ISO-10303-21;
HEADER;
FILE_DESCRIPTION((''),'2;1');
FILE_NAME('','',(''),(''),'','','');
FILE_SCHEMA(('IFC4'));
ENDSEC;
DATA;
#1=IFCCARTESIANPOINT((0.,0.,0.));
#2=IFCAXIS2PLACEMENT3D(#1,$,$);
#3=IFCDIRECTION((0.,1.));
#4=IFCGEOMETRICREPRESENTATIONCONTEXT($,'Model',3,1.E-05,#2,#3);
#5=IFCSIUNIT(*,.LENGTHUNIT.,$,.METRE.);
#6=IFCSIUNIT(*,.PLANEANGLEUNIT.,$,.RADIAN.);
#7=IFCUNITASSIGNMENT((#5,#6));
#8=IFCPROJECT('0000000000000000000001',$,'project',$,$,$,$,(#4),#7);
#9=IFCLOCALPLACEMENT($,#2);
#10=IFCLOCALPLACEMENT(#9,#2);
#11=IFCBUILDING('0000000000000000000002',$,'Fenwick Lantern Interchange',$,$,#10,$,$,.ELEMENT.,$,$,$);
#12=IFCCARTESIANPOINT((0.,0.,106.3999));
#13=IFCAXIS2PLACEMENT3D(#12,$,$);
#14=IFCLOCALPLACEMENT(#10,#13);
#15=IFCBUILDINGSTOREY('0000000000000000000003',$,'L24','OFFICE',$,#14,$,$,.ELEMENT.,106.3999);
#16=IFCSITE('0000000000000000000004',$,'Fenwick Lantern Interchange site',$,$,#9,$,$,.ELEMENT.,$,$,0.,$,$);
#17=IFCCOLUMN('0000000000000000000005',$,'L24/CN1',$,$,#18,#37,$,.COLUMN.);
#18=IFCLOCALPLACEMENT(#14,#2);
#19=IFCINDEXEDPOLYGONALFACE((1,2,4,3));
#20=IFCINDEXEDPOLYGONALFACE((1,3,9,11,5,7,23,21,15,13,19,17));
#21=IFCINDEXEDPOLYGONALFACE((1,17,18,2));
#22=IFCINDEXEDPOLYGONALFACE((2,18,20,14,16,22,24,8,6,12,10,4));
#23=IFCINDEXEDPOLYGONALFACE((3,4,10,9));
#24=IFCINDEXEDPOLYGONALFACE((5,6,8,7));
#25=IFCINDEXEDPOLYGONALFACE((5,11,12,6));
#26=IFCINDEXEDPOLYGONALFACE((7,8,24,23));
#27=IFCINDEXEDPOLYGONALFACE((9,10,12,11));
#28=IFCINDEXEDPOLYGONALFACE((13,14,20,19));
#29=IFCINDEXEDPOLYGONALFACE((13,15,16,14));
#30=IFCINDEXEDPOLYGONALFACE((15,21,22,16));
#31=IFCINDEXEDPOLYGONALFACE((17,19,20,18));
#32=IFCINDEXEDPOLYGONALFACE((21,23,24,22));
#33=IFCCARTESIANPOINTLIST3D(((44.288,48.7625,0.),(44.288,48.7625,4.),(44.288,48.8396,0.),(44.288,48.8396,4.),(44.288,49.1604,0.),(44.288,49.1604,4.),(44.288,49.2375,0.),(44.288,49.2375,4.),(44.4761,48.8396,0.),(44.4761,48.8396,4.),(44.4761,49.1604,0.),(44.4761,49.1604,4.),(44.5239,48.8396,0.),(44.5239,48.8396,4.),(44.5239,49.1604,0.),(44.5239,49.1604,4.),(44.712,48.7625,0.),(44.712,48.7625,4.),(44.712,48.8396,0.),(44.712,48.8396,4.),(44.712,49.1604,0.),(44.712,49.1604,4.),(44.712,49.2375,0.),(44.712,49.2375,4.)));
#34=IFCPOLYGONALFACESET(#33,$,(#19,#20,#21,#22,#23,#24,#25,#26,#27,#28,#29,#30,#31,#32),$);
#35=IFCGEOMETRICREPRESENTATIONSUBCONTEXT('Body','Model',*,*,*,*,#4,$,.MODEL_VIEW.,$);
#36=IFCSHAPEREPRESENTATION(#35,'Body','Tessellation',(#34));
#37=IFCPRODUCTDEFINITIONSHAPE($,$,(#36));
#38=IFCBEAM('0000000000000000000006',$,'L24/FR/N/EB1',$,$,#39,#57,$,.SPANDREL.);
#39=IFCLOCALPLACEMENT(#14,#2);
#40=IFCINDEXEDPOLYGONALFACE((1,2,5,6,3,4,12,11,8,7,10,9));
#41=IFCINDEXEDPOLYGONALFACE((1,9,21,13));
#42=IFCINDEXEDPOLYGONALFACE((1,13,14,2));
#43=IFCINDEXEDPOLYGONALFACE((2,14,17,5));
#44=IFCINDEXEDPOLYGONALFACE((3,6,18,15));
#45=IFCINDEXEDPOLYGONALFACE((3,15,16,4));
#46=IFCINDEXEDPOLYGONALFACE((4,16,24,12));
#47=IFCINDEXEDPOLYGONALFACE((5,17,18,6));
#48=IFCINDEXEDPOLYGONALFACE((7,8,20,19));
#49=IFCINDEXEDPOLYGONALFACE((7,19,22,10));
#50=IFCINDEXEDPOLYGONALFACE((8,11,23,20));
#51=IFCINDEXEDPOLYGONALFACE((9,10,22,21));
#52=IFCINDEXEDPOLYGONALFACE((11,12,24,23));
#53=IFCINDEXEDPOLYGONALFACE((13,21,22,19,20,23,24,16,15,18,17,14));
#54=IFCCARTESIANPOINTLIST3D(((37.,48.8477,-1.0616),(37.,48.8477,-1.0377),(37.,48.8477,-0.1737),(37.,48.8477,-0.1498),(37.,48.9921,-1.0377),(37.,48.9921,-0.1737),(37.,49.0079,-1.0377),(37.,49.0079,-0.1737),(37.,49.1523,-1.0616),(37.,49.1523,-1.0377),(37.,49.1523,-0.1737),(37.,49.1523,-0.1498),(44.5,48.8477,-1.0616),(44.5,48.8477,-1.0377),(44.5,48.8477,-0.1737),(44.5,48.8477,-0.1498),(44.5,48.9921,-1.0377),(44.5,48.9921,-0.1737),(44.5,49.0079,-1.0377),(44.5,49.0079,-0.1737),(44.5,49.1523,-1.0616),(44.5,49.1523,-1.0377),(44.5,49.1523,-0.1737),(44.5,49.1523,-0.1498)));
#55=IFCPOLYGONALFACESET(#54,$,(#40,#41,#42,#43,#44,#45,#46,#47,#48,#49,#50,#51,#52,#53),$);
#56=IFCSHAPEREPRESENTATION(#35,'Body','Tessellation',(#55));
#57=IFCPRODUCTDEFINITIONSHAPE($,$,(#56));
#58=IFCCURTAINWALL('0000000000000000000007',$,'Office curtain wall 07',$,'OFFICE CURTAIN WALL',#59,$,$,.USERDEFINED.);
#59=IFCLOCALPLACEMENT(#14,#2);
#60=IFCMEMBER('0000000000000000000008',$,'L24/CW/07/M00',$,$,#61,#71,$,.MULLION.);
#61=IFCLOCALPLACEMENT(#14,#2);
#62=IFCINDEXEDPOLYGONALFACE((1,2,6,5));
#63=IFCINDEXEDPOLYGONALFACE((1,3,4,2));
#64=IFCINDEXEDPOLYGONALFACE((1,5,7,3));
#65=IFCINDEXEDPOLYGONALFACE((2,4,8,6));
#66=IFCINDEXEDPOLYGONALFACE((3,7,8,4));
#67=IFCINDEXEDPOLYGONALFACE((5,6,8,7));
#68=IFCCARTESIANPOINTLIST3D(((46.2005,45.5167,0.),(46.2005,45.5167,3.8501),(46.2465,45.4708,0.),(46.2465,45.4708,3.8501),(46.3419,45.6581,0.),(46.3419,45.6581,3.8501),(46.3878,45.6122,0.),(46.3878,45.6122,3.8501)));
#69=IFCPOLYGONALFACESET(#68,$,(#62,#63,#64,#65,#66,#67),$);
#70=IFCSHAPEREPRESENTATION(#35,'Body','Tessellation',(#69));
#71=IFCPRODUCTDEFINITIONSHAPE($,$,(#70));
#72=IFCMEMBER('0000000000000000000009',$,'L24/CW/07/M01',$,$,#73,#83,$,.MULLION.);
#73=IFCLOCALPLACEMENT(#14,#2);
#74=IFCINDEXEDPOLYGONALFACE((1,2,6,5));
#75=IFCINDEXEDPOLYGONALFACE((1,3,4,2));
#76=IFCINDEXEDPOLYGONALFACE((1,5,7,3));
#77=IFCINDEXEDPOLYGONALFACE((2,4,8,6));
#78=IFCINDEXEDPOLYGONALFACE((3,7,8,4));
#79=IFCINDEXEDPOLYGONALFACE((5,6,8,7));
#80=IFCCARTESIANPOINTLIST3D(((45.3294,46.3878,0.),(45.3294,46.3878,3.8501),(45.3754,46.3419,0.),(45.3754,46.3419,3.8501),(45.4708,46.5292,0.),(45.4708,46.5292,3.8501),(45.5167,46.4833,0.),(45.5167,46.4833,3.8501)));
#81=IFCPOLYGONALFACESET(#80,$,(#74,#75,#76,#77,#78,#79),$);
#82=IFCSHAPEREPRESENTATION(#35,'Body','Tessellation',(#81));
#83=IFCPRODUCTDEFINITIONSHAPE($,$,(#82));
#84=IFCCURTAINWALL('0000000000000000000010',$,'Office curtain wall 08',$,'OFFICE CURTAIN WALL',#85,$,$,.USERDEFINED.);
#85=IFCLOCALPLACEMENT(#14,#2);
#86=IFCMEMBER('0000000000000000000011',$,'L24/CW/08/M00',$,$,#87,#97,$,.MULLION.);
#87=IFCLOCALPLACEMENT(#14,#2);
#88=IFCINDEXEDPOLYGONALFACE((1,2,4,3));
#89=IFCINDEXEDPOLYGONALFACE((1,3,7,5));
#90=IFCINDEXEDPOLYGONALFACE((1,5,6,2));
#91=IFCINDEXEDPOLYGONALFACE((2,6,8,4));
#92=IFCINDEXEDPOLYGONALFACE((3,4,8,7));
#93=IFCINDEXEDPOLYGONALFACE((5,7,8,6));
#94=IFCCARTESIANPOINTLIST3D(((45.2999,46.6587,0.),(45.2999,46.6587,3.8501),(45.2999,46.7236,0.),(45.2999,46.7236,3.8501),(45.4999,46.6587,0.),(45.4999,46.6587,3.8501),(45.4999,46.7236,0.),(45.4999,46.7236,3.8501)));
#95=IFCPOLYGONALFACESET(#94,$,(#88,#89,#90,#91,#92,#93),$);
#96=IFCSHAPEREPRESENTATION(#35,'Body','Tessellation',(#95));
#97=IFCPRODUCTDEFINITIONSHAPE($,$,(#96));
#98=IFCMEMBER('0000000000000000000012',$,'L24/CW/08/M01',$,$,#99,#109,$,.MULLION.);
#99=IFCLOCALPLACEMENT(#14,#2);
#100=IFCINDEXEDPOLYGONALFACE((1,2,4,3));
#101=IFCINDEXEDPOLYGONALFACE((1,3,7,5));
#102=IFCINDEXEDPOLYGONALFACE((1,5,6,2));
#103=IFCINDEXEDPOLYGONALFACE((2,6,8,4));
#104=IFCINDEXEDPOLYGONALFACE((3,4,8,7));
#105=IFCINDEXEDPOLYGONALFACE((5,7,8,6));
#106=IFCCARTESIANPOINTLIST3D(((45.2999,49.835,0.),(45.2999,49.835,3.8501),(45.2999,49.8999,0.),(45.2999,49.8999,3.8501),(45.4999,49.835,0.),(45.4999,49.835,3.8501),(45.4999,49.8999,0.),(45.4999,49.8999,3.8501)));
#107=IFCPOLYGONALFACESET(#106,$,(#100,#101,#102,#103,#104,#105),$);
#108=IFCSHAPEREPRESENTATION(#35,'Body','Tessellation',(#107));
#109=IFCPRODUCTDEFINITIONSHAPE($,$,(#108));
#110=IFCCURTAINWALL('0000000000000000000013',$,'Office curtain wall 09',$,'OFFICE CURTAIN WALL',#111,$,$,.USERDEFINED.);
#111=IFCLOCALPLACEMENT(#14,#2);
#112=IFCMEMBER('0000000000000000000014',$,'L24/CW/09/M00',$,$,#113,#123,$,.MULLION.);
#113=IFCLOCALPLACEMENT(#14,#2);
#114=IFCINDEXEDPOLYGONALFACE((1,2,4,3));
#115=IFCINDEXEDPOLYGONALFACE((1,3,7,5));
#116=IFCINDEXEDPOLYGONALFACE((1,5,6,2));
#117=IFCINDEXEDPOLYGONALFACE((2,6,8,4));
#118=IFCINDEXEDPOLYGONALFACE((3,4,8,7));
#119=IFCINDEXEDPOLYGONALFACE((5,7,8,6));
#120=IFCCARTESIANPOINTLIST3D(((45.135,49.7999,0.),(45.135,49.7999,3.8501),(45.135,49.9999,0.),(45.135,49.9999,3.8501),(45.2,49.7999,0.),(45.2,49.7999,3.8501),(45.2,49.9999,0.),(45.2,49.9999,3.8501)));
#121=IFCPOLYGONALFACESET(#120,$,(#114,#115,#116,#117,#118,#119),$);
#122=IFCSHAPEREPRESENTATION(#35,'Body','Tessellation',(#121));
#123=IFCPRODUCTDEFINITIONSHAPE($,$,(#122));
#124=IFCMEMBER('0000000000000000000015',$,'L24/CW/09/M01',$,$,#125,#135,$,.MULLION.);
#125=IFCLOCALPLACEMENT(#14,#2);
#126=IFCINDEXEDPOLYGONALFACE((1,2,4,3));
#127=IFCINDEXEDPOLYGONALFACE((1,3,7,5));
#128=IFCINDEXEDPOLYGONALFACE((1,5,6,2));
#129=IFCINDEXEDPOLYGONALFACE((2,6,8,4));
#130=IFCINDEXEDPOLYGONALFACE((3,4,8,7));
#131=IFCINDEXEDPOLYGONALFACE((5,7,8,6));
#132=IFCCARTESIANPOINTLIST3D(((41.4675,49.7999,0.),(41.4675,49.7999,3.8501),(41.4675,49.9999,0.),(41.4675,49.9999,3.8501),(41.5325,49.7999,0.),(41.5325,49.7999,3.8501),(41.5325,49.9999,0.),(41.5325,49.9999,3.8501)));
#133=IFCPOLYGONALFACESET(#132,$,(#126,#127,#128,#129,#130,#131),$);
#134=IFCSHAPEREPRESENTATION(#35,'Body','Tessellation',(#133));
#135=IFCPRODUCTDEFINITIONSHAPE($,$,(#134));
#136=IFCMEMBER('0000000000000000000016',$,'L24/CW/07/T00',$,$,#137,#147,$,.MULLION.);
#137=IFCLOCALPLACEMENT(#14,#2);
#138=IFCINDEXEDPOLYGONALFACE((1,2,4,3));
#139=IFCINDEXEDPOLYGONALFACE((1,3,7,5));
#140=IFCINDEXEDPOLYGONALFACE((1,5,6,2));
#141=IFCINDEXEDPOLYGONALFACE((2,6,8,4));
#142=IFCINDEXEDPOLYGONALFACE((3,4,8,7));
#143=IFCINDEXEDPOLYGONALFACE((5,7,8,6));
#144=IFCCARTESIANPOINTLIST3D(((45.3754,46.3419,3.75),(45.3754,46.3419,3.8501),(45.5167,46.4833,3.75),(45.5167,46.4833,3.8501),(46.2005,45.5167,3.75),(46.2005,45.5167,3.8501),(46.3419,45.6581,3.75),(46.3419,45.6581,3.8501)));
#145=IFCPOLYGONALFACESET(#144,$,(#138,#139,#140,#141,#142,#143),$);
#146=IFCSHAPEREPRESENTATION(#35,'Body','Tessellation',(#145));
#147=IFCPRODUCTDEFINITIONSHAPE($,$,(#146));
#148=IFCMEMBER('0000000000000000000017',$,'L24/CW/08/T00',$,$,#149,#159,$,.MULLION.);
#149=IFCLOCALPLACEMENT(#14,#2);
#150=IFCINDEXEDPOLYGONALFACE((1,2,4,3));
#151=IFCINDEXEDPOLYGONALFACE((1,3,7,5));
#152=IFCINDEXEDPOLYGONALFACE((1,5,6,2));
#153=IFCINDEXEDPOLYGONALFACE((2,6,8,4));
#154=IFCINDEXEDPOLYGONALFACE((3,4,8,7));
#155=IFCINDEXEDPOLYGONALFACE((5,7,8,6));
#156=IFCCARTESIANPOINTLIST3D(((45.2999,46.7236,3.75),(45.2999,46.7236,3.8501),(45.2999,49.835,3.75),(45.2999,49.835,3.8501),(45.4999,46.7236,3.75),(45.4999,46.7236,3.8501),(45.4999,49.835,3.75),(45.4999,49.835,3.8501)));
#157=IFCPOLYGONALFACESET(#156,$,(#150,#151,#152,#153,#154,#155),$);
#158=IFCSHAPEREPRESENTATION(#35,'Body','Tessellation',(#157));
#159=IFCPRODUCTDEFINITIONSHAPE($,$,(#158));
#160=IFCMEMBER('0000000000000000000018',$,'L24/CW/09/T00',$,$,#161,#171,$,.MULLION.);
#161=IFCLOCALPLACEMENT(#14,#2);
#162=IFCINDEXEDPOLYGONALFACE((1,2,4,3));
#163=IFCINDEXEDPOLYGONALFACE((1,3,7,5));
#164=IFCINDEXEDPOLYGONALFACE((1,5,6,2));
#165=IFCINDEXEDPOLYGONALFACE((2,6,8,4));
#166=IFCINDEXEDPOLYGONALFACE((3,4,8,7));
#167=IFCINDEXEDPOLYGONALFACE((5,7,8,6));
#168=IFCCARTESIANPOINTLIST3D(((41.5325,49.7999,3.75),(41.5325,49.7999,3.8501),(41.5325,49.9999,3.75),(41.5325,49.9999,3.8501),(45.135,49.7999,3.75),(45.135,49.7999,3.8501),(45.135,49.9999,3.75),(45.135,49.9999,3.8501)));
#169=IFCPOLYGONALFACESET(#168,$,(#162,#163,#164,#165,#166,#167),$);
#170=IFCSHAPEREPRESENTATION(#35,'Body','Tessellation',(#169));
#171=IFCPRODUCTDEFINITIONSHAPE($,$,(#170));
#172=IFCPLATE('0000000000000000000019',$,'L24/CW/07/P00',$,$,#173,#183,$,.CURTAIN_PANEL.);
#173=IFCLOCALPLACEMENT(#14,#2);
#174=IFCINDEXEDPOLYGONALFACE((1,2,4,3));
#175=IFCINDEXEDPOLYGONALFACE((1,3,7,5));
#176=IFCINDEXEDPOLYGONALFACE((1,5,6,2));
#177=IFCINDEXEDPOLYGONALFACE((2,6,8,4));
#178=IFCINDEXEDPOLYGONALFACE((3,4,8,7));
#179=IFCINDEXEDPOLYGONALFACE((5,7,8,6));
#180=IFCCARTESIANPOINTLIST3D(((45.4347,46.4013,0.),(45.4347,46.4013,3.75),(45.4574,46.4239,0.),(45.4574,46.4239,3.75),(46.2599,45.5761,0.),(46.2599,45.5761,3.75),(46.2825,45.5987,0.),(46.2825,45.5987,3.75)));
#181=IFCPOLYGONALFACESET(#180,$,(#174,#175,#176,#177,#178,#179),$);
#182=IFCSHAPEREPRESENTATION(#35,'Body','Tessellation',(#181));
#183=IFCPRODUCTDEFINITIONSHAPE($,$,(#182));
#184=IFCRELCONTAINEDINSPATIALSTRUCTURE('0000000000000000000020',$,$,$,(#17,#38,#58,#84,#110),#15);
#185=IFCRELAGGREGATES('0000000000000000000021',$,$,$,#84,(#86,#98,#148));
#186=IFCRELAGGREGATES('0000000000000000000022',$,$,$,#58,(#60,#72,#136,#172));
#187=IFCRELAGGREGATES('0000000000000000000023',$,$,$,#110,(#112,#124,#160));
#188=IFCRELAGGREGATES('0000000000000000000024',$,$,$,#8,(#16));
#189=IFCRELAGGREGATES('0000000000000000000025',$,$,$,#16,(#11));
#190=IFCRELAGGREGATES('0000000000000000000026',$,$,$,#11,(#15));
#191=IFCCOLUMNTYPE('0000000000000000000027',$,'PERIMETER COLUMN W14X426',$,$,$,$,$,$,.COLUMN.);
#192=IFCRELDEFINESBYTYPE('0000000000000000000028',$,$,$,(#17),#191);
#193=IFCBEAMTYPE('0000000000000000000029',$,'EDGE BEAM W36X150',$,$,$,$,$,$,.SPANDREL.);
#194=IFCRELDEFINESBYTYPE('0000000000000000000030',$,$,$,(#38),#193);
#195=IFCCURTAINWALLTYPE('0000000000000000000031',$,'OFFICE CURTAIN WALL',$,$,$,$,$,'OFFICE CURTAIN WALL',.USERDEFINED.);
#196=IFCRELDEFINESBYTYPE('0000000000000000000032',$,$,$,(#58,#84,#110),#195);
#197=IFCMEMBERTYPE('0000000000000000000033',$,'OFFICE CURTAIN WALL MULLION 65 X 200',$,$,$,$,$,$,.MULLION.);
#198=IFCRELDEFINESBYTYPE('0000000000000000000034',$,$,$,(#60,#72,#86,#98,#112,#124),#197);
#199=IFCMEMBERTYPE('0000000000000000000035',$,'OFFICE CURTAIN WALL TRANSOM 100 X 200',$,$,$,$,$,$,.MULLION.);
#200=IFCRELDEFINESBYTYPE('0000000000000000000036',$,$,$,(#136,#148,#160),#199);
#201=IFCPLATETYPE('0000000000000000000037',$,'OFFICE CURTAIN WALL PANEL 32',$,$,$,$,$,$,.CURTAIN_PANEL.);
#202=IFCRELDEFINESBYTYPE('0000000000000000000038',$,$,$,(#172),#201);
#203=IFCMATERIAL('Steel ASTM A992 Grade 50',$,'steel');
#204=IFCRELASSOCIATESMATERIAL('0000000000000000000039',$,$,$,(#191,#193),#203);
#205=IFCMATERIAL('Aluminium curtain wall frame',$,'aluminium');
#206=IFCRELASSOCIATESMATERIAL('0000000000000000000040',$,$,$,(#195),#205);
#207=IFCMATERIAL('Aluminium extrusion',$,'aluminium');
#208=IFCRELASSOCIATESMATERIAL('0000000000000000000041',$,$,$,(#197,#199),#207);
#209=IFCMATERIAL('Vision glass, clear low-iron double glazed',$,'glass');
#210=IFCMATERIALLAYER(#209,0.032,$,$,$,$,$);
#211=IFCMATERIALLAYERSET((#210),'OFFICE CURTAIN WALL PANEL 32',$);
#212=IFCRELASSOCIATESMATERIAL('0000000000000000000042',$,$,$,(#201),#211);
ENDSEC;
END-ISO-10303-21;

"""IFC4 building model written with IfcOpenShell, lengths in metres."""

from ifc_helpers import new_model, si_unit, direction, frame, origin, origin_2d, place, context, subcontext, project, spatial, rectangle, i_section, extrude, material, layer, layer_set, material_profile, profile_set, type_object, element, aggregate, save


model = new_model("IFC4")

# Units and contexts
model_context = context("Model", 3, precision=1e-05, world=origin(), true_north=direction((0.0, 1.0)))
body_context = subcontext(model_context, "Body", "Model", "MODEL_VIEW")
ifc_project = project(units=[si_unit("LENGTHUNIT", "METRE"), si_unit("PLANEANGLEUNIT", "RADIAN")], contexts=[model_context])

# Site, building, storey
site_placement = place(None, origin())
site = spatial("IfcSite", under=ifc_project, at=site_placement, Name="Fenwick Lantern Interchange site", CompositionType="ELEMENT", RefElevation=0.0)
building_placement = place(site_placement, origin())
building = spatial("IfcBuilding", under=site, at=building_placement, Name="Fenwick Lantern Interchange", CompositionType="ELEMENT")
storey_placement = place(building_placement, frame((0.0, 0.0, 106.3999)))
storey = spatial("IfcBuildingStorey", under=building, at=storey_placement, Name="L24", Description="OFFICE", CompositionType="ELEMENT", Elevation=106.3999)

# Column
ifc_material_1 = material(Name="Steel ASTM A992 Grade 50", Category="steel")
ifc_material_profile_1 = material_profile(ifc_material_1, i_section(OverallWidth=0.4241, OverallDepth=0.4751, WebThickness=0.0479, FlangeThickness=0.0771, at=origin_2d()), Name="W14X426")
ifc_profile_set_1 = profile_set([ifc_material_profile_1], Name="Steel ASTM A992 Grade 50")
column_type = type_object("IfcColumnType", Name="PERIMETER COLUMN W14X426", PredefinedType="COLUMN", material=ifc_profile_set_1)
column_placement = place(storey_placement, frame((44.5, 49.0, 0.0), z_axis=(0.0, 0.0, 1.0), x_axis=(1.0, 0.0, 0.0)))
element("IfcColumn", 1, at=column_placement, inside=storey, type_object=column_type, Name="L24/CN1", PredefinedType="COLUMN", context=body_context, shape_type="SweptSolid", body=[
    extrude(i_section(OverallWidth=0.4241, OverallDepth=0.4751, WebThickness=0.0479, FlangeThickness=0.0771, at=origin_2d()), origin(), (0.0, 0.0, 1.0), 4.0),
])

# Beam
ifc_material_profile_2 = material_profile(ifc_material_1, i_section(OverallWidth=0.3047, OverallDepth=0.9119, WebThickness=0.0159, FlangeThickness=0.0239, at=origin_2d()), Name="W36X150")
ifc_profile_set_2 = profile_set([ifc_material_profile_2], Name="Steel ASTM A992 Grade 50")
beam_type = type_object("IfcBeamType", Name="EDGE BEAM W36X150", PredefinedType="SPANDREL", material=ifc_profile_set_2)
beam_placement = place(storey_placement, frame((44.5, 49.0, -0.6057), z_axis=(-1.0, 0.0, 0.0), x_axis=(0.0, -1.0, 0.0)))
element("IfcBeam", 2, at=beam_placement, inside=storey, type_object=beam_type, Name="L24/FR/N/EB1", PredefinedType="SPANDREL", context=body_context, shape_type="SweptSolid", body=[
    extrude(i_section(OverallWidth=0.3047, OverallDepth=0.9119, WebThickness=0.0159, FlangeThickness=0.0239, at=origin_2d()), origin(), (0.0, 0.0, 1.0), 7.5),
])

# Curtain walls, members
ifc_material_2 = material(Name="Aluminium curtain wall frame", Category="aluminium")
curtain_wall_type = type_object("IfcCurtainWallType", Name="OFFICE CURTAIN WALL", ElementType="OFFICE CURTAIN WALL", PredefinedType="USERDEFINED", material=ifc_material_2)
curtain_wall_1_placement = place(storey_placement, origin())
curtain_wall_1 = element("IfcCurtainWall", 3, at=curtain_wall_1_placement, inside=storey, type_object=curtain_wall_type, Name="Office curtain wall 07", ObjectType="OFFICE CURTAIN WALL", PredefinedType="USERDEFINED")
ifc_material_3 = material(Name="Aluminium extrusion", Category="aluminium")
ifc_material_profile_3 = material_profile(ifc_material_3, rectangle(XDim=0.2, YDim=0.0649, at=origin_2d()), Name="OFFICE CURTAIN WALL MULLION 65 X 200")
ifc_profile_set_3 = profile_set([ifc_material_profile_3], Name="Aluminium extrusion")
member_type_1 = type_object("IfcMemberType", Name="OFFICE CURTAIN WALL MULLION 65 X 200", PredefinedType="MULLION", material=ifc_profile_set_3)
member_1_placement = place(storey_placement, frame((46.2942, 45.5645, 0.0), z_axis=(0.0, 0.0, 1.0), x_axis=(-0.707107, -0.707107, 0.0)))
member_1 = element("IfcMember", 4, at=member_1_placement, type_object=member_type_1, Name="L24/CW/07/M00", PredefinedType="MULLION", context=body_context, shape_type="SweptSolid", body=[
    extrude(rectangle(XDim=0.2, YDim=0.0649, at=origin_2d()), origin(), (0.0, 0.0, 1.0), 3.8501),
])
member_2_placement = place(storey_placement, frame((45.4231, 46.4355, 0.0), z_axis=(0.0, 0.0, 1.0), x_axis=(-0.707107, -0.707107, 0.0)))
member_2 = element("IfcMember", 5, at=member_2_placement, type_object=member_type_1, Name="L24/CW/07/M01", PredefinedType="MULLION", context=body_context, shape_type="SweptSolid", body=[
    extrude(rectangle(XDim=0.2, YDim=0.0649, at=origin_2d()), origin(), (0.0, 0.0, 1.0), 3.8501),
])
curtain_wall_2_placement = place(storey_placement, origin())
curtain_wall_2 = element("IfcCurtainWall", 6, at=curtain_wall_2_placement, inside=storey, type_object=curtain_wall_type, Name="Office curtain wall 08", ObjectType="OFFICE CURTAIN WALL", PredefinedType="USERDEFINED")
member_3_placement = place(storey_placement, frame((45.3999, 46.6912, 0.0), z_axis=(0.0, 0.0, 1.0), x_axis=(-1.0, 0.0, 0.0)))
member_3 = element("IfcMember", 7, at=member_3_placement, type_object=member_type_1, Name="L24/CW/08/M00", PredefinedType="MULLION", context=body_context, shape_type="SweptSolid", body=[
    extrude(rectangle(XDim=0.2, YDim=0.0649, at=origin_2d()), origin(), (0.0, 0.0, 1.0), 3.8501),
])
member_4_placement = place(storey_placement, frame((45.3999, 49.8674, 0.0), z_axis=(0.0, 0.0, 1.0), x_axis=(-1.0, 0.0, 0.0)))
member_4 = element("IfcMember", 8, at=member_4_placement, type_object=member_type_1, Name="L24/CW/08/M01", PredefinedType="MULLION", context=body_context, shape_type="SweptSolid", body=[
    extrude(rectangle(XDim=0.2, YDim=0.0649, at=origin_2d()), origin(), (0.0, 0.0, 1.0), 3.8501),
])
curtain_wall_3_placement = place(storey_placement, origin())
curtain_wall_3 = element("IfcCurtainWall", 9, at=curtain_wall_3_placement, inside=storey, type_object=curtain_wall_type, Name="Office curtain wall 09", ObjectType="OFFICE CURTAIN WALL", PredefinedType="USERDEFINED")
member_5_placement = place(storey_placement, frame((45.1675, 49.8999, 0.0), z_axis=(0.0, 0.0, 1.0), x_axis=(0.0, -1.0, 0.0)))
member_5 = element("IfcMember", 10, at=member_5_placement, type_object=member_type_1, Name="L24/CW/09/M00", PredefinedType="MULLION", context=body_context, shape_type="SweptSolid", body=[
    extrude(rectangle(XDim=0.2, YDim=0.0649, at=origin_2d()), origin(), (0.0, 0.0, 1.0), 3.8501),
])
member_6_placement = place(storey_placement, frame((41.5, 49.8999, 0.0), z_axis=(0.0, 0.0, 1.0), x_axis=(0.0, -1.0, 0.0)))
member_6 = element("IfcMember", 11, at=member_6_placement, type_object=member_type_1, Name="L24/CW/09/M01", PredefinedType="MULLION", context=body_context, shape_type="SweptSolid", body=[
    extrude(rectangle(XDim=0.2, YDim=0.0649, at=origin_2d()), origin(), (0.0, 0.0, 1.0), 3.8501),
])

# Members
ifc_material_profile_4 = material_profile(ifc_material_3, rectangle(XDim=0.2, YDim=0.1001, at=origin_2d()), Name="OFFICE CURTAIN WALL TRANSOM 100 X 200")
ifc_profile_set_4 = profile_set([ifc_material_profile_4], Name="Aluminium extrusion")
member_type_2 = type_object("IfcMemberType", Name="OFFICE CURTAIN WALL TRANSOM 100 X 200", PredefinedType="MULLION", material=ifc_profile_set_4)
member_7_placement = place(storey_placement, frame((46.2712, 45.5874, 3.8), z_axis=(-0.707107, 0.707107, 0.0), x_axis=(-0.707107, -0.707107, 0.0)))
member_7 = element("IfcMember", 12, at=member_7_placement, type_object=member_type_2, Name="L24/CW/07/T00", PredefinedType="MULLION", context=body_context, shape_type="SweptSolid", body=[
    extrude(rectangle(XDim=0.2, YDim=0.1001, at=origin_2d()), origin(), (0.0, 0.0, 1.0), 1.167),
])
member_8_placement = place(storey_placement, frame((45.3999, 46.7236, 3.8), z_axis=(0.0, 1.0, 0.0), x_axis=(-1.0, 0.0, 0.0)))
member_8 = element("IfcMember", 13, at=member_8_placement, type_object=member_type_2, Name="L24/CW/08/T00", PredefinedType="MULLION", context=body_context, shape_type="SweptSolid", body=[
    extrude(rectangle(XDim=0.2, YDim=0.1001, at=origin_2d()), origin(), (0.0, 0.0, 1.0), 3.1113),
])
aggregate(curtain_wall_2, [member_3, member_4, member_8])
member_9_placement = place(storey_placement, frame((45.135, 49.8999, 3.8), z_axis=(-1.0, 0.0, 0.0), x_axis=(0.0, -1.0, 0.0)))
member_9 = element("IfcMember", 14, at=member_9_placement, type_object=member_type_2, Name="L24/CW/09/T00", PredefinedType="MULLION", context=body_context, shape_type="SweptSolid", body=[
    extrude(rectangle(XDim=0.2, YDim=0.1001, at=origin_2d()), origin(), (0.0, 0.0, 1.0), 3.6025),
])

# Plate
ifc_material_4 = material(Name="Vision glass, clear low-iron double glazed", Category="glass")
ifc_layer_1 = layer(ifc_material_4, 0.032)
ifc_layer_set_1 = layer_set([ifc_layer_1], Name="OFFICE CURTAIN WALL PANEL 32")
plate_type = type_object("IfcPlateType", Name="OFFICE CURTAIN WALL PANEL 32", PredefinedType="CURTAIN_PANEL", material=ifc_layer_set_1)
plate_1_placement = place(storey_placement, frame((45.8586, 46.0, 0.0), z_axis=(0.0, 0.0, 1.0), x_axis=(-0.707107, 0.707107, 0.0)))
plate_1 = element("IfcPlate", 15, at=plate_1_placement, type_object=plate_type, Name="L24/CW/07/P00", PredefinedType="CURTAIN_PANEL", context=body_context, shape_type="SweptSolid", body=[
    extrude(rectangle(XDim=1.167, YDim=0.032, at=origin_2d()), origin(), (0.0, 0.0, 1.0), 3.75),
])
aggregate(curtain_wall_1, [member_1, member_2, member_7, plate_1])
aggregate(curtain_wall_3, [member_5, member_6, member_9])

save(model, "model.ifc")
